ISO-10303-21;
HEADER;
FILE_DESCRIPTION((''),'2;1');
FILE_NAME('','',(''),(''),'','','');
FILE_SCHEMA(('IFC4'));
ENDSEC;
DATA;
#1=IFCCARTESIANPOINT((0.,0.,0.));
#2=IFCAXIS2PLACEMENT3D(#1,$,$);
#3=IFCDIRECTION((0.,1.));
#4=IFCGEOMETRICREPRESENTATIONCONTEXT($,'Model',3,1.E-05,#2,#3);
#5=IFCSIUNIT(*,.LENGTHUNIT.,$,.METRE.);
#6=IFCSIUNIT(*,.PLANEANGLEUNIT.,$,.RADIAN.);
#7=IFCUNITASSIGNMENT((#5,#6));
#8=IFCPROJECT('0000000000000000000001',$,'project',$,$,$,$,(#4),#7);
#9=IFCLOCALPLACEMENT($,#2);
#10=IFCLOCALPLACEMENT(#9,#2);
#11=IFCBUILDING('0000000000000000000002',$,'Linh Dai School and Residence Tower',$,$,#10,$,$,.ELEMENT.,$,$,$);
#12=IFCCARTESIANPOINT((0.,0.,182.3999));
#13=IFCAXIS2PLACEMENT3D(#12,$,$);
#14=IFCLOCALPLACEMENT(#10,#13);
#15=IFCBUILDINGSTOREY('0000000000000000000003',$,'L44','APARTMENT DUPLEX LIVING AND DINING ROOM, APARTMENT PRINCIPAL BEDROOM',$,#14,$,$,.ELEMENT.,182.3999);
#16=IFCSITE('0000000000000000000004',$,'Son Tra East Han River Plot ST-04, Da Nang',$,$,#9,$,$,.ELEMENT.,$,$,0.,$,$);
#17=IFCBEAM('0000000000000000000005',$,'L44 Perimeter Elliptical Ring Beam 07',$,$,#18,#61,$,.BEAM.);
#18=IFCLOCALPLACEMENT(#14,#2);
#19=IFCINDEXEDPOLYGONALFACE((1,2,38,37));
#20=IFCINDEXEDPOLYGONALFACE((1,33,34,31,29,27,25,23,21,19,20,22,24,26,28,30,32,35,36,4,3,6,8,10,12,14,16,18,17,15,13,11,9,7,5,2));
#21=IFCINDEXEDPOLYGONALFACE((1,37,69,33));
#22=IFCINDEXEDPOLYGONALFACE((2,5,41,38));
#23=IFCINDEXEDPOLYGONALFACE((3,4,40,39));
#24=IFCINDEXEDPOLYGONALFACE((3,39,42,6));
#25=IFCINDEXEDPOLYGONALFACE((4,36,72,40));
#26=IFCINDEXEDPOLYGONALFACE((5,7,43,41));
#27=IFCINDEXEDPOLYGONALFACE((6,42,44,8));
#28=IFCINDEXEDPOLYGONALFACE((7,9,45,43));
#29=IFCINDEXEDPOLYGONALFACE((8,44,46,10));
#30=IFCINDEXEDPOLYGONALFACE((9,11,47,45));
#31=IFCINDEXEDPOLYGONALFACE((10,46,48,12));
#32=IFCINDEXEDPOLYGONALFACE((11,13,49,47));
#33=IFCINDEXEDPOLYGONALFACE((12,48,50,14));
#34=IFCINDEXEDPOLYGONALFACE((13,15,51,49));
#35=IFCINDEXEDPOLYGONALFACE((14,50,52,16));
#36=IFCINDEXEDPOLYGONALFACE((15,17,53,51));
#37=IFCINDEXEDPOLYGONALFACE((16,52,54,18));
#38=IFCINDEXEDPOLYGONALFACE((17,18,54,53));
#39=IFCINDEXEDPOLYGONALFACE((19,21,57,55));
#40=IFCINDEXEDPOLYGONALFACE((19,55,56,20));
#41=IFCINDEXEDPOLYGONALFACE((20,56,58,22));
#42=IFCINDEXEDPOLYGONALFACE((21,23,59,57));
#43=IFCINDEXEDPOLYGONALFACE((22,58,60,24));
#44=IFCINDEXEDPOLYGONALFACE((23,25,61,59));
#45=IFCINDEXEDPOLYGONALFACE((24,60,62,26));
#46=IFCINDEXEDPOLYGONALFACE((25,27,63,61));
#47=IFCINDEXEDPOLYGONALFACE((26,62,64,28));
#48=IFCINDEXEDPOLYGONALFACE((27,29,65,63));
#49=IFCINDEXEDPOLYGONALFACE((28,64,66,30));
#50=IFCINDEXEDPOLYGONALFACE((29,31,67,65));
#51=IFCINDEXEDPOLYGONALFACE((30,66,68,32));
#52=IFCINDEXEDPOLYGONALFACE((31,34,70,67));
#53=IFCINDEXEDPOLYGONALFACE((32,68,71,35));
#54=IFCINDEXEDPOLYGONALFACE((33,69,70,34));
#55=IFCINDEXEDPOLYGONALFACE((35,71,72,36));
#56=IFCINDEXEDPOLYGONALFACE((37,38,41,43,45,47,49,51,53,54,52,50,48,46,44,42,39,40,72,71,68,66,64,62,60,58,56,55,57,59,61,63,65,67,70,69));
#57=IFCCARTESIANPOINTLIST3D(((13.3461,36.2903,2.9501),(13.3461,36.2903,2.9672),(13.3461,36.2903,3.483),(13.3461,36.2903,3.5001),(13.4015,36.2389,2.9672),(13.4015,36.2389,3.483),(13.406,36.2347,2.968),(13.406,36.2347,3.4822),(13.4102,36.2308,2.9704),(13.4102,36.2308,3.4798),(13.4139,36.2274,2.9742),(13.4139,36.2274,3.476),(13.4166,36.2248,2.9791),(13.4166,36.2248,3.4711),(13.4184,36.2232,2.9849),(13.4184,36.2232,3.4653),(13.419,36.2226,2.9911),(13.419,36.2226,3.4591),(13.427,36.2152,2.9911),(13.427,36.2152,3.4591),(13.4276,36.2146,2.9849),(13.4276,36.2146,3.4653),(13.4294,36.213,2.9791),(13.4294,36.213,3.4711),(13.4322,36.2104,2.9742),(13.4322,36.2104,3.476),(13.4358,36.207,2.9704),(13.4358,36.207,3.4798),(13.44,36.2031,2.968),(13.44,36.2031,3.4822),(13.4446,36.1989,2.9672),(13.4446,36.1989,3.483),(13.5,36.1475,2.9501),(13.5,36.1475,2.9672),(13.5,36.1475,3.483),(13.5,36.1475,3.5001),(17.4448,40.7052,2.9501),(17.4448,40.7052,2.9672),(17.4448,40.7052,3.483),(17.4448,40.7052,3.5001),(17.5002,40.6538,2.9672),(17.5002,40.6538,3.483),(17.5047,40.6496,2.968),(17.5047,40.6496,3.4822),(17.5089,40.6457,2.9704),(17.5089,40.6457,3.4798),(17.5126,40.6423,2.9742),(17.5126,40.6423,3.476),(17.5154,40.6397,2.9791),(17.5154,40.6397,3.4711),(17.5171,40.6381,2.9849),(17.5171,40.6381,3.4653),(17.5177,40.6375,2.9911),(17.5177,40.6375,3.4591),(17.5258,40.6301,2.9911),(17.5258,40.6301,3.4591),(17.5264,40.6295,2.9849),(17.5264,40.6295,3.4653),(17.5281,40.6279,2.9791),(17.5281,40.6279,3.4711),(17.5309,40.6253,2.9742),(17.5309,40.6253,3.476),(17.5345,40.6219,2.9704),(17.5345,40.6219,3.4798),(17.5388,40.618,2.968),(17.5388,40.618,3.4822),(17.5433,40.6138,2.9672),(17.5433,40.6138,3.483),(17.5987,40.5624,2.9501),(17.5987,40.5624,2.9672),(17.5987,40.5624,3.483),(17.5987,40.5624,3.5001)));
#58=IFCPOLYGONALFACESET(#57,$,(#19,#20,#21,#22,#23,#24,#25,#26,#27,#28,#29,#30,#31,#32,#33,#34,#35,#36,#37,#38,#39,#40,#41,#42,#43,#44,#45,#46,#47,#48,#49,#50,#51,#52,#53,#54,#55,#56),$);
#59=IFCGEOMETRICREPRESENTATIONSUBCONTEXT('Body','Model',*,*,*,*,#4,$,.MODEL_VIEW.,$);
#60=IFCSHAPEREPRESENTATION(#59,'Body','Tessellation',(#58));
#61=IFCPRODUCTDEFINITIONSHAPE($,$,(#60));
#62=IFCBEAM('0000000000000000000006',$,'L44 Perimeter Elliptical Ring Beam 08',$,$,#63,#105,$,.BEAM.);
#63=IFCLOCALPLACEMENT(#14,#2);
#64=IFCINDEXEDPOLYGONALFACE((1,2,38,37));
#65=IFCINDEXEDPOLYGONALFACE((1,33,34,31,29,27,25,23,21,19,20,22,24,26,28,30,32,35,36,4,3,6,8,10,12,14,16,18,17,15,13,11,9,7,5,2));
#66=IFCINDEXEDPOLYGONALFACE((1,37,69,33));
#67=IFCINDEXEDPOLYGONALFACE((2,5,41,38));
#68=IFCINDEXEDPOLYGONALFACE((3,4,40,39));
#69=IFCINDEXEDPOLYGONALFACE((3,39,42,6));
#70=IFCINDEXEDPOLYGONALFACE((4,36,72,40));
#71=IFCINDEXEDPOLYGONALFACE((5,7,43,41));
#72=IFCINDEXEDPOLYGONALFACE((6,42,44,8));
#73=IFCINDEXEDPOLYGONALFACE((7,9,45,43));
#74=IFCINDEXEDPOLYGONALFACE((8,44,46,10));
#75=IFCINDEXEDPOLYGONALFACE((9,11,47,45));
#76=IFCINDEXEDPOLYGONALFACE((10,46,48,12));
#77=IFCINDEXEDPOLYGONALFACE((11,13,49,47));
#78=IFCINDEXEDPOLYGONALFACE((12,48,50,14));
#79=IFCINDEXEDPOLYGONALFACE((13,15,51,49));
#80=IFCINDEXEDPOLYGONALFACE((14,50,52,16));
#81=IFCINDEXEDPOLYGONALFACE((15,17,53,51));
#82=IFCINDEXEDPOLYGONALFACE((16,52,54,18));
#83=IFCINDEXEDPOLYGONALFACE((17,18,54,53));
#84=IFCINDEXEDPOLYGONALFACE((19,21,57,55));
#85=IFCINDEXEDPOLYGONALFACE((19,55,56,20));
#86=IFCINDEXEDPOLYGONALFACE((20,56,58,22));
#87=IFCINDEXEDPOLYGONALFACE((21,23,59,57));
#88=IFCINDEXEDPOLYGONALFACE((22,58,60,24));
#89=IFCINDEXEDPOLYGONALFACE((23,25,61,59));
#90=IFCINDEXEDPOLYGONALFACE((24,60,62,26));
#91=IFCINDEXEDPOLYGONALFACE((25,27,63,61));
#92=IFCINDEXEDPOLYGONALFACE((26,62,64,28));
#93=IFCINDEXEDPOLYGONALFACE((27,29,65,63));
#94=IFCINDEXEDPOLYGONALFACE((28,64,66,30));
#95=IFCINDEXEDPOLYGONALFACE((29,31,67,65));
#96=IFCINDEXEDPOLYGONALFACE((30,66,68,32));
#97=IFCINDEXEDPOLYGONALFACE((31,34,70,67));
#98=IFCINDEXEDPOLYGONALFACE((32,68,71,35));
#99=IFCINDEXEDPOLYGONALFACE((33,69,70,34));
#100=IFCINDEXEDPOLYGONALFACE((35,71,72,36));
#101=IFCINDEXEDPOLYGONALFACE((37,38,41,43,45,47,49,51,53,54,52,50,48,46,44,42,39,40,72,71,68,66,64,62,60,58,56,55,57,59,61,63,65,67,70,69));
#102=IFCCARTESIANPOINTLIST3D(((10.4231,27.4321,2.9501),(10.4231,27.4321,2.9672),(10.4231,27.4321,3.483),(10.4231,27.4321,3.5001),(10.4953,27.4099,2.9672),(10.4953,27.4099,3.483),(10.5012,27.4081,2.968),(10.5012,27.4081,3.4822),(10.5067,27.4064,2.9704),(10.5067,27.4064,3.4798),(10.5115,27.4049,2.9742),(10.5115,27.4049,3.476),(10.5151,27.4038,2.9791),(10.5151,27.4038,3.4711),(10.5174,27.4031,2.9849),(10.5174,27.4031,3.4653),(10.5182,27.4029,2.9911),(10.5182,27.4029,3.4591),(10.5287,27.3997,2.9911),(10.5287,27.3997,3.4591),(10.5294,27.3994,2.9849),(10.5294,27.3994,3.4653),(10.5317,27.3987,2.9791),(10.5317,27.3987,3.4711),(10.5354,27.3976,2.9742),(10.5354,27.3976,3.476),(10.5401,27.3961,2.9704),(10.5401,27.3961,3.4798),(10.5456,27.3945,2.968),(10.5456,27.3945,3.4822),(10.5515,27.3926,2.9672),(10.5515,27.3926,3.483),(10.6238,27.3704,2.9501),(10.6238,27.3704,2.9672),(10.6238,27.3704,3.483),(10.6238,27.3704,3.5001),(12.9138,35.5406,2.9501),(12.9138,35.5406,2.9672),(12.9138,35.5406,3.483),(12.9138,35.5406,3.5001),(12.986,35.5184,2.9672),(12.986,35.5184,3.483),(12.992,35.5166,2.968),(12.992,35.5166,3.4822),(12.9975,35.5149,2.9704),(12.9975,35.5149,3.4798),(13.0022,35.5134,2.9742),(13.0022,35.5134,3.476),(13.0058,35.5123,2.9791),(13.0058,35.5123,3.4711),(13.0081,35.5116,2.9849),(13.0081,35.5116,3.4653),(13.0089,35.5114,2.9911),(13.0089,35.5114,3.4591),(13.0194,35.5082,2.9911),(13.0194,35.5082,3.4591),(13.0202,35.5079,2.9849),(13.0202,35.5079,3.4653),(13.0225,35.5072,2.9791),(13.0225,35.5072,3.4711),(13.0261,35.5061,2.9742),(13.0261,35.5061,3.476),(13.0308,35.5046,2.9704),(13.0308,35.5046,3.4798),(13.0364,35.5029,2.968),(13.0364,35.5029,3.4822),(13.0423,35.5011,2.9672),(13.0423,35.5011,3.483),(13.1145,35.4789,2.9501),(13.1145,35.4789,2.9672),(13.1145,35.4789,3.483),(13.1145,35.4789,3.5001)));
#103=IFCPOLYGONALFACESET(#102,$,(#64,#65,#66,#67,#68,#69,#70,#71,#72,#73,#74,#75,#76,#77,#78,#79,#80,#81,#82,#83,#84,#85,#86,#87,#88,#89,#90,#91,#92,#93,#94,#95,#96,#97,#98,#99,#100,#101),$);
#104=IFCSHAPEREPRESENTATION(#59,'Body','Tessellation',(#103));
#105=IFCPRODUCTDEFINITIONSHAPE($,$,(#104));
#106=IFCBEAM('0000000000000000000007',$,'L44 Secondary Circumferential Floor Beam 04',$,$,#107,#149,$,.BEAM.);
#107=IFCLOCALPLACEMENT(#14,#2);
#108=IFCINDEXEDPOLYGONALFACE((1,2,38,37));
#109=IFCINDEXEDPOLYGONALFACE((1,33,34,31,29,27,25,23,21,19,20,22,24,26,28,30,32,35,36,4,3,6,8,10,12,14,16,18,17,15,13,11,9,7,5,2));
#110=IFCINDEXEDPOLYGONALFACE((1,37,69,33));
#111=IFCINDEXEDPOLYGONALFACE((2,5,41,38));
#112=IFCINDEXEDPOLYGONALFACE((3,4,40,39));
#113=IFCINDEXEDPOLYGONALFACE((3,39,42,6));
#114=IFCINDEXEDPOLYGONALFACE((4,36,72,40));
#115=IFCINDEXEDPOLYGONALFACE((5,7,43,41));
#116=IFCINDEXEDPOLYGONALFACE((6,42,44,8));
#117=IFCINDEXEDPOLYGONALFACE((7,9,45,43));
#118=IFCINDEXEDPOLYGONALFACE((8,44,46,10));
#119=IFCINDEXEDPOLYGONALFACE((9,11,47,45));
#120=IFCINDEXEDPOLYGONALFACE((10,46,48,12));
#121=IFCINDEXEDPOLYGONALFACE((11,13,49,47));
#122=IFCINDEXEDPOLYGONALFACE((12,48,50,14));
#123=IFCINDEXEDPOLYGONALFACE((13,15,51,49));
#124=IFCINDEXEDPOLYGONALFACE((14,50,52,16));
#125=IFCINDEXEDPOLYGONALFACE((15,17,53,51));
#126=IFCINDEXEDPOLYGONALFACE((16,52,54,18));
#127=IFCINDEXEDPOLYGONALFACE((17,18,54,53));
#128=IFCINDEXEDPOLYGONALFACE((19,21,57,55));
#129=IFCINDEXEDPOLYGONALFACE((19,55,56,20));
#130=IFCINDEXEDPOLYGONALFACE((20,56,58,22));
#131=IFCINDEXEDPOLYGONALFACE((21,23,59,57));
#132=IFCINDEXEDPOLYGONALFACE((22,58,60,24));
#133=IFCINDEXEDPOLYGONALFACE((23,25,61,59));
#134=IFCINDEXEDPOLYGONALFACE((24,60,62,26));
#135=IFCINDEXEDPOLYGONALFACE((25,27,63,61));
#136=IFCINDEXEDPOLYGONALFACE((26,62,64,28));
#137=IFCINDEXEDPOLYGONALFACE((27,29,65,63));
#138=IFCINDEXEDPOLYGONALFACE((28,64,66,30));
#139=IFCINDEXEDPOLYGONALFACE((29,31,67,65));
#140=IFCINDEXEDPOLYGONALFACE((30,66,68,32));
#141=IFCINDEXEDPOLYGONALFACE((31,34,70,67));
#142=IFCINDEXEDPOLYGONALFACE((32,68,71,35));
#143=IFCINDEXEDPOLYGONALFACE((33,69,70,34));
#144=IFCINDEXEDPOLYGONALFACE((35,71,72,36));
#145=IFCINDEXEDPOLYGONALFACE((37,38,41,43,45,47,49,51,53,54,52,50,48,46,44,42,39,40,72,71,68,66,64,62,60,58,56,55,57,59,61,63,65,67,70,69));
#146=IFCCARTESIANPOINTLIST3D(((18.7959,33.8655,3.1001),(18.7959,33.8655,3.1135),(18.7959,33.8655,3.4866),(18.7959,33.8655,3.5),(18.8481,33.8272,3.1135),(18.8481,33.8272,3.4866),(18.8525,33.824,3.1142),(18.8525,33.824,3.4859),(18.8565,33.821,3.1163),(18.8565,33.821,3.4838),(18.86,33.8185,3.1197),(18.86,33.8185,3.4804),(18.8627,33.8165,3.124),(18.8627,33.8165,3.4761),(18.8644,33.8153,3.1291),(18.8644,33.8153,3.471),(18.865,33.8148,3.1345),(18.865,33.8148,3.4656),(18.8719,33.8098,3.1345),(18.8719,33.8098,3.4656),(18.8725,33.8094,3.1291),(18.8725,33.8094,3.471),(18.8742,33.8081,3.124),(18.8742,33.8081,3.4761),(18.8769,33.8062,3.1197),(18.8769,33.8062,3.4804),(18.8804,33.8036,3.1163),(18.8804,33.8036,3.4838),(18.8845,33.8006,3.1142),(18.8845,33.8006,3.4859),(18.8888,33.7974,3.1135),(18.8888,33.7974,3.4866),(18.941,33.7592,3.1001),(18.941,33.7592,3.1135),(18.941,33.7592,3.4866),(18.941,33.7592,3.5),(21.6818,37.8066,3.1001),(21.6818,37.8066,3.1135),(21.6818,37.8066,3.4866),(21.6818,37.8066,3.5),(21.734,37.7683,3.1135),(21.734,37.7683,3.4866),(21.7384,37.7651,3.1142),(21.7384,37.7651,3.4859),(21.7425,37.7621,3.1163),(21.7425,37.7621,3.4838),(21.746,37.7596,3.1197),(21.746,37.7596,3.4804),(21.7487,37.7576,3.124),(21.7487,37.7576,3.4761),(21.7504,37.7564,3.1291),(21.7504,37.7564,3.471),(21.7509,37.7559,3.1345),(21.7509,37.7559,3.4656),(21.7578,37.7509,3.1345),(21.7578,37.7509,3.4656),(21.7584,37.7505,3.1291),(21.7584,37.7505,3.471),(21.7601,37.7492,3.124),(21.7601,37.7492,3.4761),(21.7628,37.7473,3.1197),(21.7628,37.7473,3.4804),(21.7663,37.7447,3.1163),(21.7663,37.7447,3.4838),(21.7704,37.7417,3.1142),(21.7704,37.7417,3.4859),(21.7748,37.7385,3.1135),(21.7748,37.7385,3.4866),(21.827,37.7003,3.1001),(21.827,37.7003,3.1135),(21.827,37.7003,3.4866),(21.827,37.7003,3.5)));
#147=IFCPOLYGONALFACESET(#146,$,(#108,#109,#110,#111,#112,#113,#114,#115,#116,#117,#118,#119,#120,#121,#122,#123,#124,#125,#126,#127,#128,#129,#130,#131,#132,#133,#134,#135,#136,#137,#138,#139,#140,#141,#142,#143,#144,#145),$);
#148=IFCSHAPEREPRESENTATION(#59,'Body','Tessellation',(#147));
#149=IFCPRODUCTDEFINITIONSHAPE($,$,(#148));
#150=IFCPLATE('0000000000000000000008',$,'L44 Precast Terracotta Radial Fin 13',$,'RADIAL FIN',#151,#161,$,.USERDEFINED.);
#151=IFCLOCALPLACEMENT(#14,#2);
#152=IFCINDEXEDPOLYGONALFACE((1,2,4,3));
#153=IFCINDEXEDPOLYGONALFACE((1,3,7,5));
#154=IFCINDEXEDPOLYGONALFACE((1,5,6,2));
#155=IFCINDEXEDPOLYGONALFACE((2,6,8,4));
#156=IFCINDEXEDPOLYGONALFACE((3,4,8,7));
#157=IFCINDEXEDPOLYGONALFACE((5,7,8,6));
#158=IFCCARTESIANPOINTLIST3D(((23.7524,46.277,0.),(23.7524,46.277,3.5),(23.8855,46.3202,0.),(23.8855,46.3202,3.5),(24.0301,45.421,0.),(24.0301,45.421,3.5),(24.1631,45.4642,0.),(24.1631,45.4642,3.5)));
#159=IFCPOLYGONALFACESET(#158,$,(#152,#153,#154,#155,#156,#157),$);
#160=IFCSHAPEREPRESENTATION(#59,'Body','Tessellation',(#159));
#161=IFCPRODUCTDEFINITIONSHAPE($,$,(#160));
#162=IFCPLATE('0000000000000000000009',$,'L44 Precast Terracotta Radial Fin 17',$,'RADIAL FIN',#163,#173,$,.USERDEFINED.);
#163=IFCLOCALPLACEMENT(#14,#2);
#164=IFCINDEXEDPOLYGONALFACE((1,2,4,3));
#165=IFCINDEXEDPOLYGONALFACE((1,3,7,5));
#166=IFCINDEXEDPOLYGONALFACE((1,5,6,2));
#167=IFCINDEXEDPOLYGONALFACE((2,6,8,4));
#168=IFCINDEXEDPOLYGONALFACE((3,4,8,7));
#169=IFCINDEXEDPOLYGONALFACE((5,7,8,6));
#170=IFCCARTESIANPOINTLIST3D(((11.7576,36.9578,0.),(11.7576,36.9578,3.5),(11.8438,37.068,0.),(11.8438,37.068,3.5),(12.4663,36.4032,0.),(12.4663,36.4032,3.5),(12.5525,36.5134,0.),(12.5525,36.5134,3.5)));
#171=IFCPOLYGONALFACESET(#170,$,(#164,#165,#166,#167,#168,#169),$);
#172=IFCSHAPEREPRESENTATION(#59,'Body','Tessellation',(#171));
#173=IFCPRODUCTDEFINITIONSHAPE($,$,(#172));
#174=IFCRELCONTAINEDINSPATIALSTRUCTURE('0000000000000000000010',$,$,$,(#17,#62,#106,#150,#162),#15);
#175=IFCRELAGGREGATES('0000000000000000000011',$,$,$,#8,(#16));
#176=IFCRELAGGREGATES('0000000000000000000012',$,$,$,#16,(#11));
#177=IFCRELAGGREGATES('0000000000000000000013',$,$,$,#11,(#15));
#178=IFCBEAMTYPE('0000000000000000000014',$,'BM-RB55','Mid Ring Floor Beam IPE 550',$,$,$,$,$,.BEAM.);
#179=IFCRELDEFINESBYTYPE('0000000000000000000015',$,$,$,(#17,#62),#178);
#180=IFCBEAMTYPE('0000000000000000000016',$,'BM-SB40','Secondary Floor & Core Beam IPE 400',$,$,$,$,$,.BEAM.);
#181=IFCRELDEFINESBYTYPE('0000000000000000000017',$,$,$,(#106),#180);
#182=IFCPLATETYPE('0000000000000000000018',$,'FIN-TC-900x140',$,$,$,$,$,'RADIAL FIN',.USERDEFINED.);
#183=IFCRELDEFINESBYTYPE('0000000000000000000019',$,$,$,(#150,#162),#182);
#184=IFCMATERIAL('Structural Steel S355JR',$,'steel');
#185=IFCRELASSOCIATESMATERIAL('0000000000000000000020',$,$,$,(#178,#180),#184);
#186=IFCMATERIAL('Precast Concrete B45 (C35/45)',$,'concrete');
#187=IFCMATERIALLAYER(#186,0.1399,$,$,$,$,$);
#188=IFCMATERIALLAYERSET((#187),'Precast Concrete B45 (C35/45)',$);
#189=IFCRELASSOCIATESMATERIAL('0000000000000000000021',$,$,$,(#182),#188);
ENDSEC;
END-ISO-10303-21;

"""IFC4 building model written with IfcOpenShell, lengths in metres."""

from ifc_helpers import new_model, si_unit, direction, frame, origin, origin_2d, place, context, subcontext, project, spatial, rectangle, i_section, extrude, source, transform, mapped, material, layer, layer_set, material_profile, profile_set, type_object, element, save


model = new_model("IFC4")

# Units and contexts
model_context = context("Model", 3, precision=1e-05, world=origin(), true_north=direction((0.0, 1.0)))
body_context = subcontext(model_context, "Body", "Model", "MODEL_VIEW")
ifc_project = project(units=[si_unit("LENGTHUNIT", "METRE"), si_unit("PLANEANGLEUNIT", "RADIAN")], contexts=[model_context])

# Site, building, storey
site_placement = place(None, origin())
site = spatial("IfcSite", under=ifc_project, at=site_placement, Name="Son Tra East Han River Plot ST-04, Da Nang", CompositionType="ELEMENT", RefElevation=0.0)
building_placement = place(site_placement, origin())
building = spatial("IfcBuilding", under=site, at=building_placement, Name="Linh Dai School and Residence Tower", CompositionType="ELEMENT")
storey_placement = place(building_placement, frame((0.0, 0.0, 182.3999)))
storey = spatial("IfcBuildingStorey", under=building, at=storey_placement, Name="L44", Description="APARTMENT DUPLEX LIVING AND DINING ROOM, APARTMENT PRINCIPAL BEDROOM", CompositionType="ELEMENT", Elevation=182.3999)

# Shared definitions
ifc_material_1 = material(Name="Structural Steel S355JR", Category="steel")

# Beams
ifc_material_profile_1 = material_profile(ifc_material_1, i_section(OverallWidth=0.21, OverallDepth=0.55, WebThickness=0.011, FlangeThickness=0.0171, FilletRadius=0.0239, at=origin_2d()), Name="IPE 550")
ifc_profile_set_1 = profile_set([ifc_material_profile_1], Name="Structural Steel S355JR")
beam_type_1 = type_object("IfcBeamType", Name="BM-RB55", Description="Mid Ring Floor Beam IPE 550", PredefinedType="BEAM", material=ifc_profile_set_1)
beam_1_placement = place(storey_placement, frame((17.5217, 40.6338, 3.2251), z_axis=(-0.680378, -0.732861, 0.0), x_axis=(0.732861, -0.680378, 0.0)))
element("IfcBeam", 1, at=beam_1_placement, inside=storey, type_object=beam_type_1, Name="L44 Perimeter Elliptical Ring Beam 07", PredefinedType="BEAM", context=body_context, shape_type="SweptSolid", body=[
    extrude(i_section(OverallWidth=0.21, OverallDepth=0.55, WebThickness=0.011, FlangeThickness=0.0171, FilletRadius=0.0239, at=origin_2d()), origin(), (0.0, 0.0, 1.0), 6.0242),
])
beam_2_placement = place(storey_placement, frame((13.0142, 35.5098, 3.2251), z_axis=(-0.293637, -0.955917, 0.0), x_axis=(0.955917, -0.293637, 0.0)))
element("IfcBeam", 2, at=beam_2_placement, inside=storey, type_object=beam_type_1, Name="L44 Perimeter Elliptical Ring Beam 08", PredefinedType="BEAM", context=body_context, shape_type="SweptSolid", body=[
    extrude(i_section(OverallWidth=0.21, OverallDepth=0.55, WebThickness=0.011, FlangeThickness=0.0171, FilletRadius=0.0239, at=origin_2d()), origin(), (0.0, 0.0, 1.0), 8.4824),
])
ifc_material_profile_2 = material_profile(ifc_material_1, i_section(OverallWidth=0.1799, OverallDepth=0.3999, WebThickness=0.0085, FlangeThickness=0.0134, FilletRadius=0.021, at=origin_2d()), Name="IPE 400")
ifc_profile_set_2 = profile_set([ifc_material_profile_2], Name="Structural Steel S355JR")
beam_type_2 = type_object("IfcBeamType", Name="BM-SB40", Description="Secondary Floor & Core Beam IPE 400", PredefinedType="BEAM", material=ifc_profile_set_2)
beam_3_placement = place(storey_placement, frame((21.7544, 37.7534, 3.3), z_axis=(-0.590805, -0.806815, 0.0), x_axis=(0.806815, -0.590805, 0.0)))
element("IfcBeam", 3, at=beam_3_placement, inside=storey, type_object=beam_type_2, Name="L44 Secondary Circumferential Floor Beam 04", PredefinedType="BEAM", context=body_context, shape_type="SweptSolid", body=[
    extrude(i_section(OverallWidth=0.1799, OverallDepth=0.3999, WebThickness=0.0085, FlangeThickness=0.0134, FilletRadius=0.021, at=origin_2d()), origin(), (0.0, 0.0, 1.0), 4.8848),
])

# Plates
ifc_material_2 = material(Name="Precast Concrete B45 (C35/45)", Category="concrete")
ifc_layer_1 = layer(ifc_material_2, 0.1399)
ifc_layer_set_1 = layer_set([ifc_layer_1], Name="Precast Concrete B45 (C35/45)")
plate_type = type_object("IfcPlateType", Name="FIN-TC-900x140", ElementType="RADIAL FIN", PredefinedType="USERDEFINED", material=ifc_layer_set_1)
shared_shape_1 = source(origin(), body_context, "Body", "SweptSolid", [
    extrude(rectangle(XDim=0.8999, YDim=0.1399, at=origin_2d()), origin(), (0.0, 0.0, 1.0), 3.5),
])
for number, where, z_axis, x_axis, name in (
    (4, (23.9578, 45.8706, 0.0), (0.0, 0.0, 1.0), (-0.308536, 0.951213, 0.0), "L44 Precast Terracotta Radial Fin 13"),
    (5, (12.155, 36.7356, 0.0), (0.0, 0.0, 1.0), (-0.787522, 0.616286, 0.0), "L44 Precast Terracotta Radial Fin 17"),
):
    element("IfcPlate", number, at=place(storey_placement, frame(where, z_axis=z_axis, x_axis=x_axis)), inside=storey, type_object=plate_type, Name=name, ObjectType="RADIAL FIN", PredefinedType="USERDEFINED", context=body_context, shape_type="MappedRepresentation", body=[
        mapped(shared_shape_1, transform((0.0, 0.0, 0.0), x_axis=(1.0, 0.0, 0.0), y_axis=(0.0, 1.0, 0.0), z_axis=(0.0, 0.0, 1.0), scale=1.0)),
    ])

save(model, "model.ifc")
